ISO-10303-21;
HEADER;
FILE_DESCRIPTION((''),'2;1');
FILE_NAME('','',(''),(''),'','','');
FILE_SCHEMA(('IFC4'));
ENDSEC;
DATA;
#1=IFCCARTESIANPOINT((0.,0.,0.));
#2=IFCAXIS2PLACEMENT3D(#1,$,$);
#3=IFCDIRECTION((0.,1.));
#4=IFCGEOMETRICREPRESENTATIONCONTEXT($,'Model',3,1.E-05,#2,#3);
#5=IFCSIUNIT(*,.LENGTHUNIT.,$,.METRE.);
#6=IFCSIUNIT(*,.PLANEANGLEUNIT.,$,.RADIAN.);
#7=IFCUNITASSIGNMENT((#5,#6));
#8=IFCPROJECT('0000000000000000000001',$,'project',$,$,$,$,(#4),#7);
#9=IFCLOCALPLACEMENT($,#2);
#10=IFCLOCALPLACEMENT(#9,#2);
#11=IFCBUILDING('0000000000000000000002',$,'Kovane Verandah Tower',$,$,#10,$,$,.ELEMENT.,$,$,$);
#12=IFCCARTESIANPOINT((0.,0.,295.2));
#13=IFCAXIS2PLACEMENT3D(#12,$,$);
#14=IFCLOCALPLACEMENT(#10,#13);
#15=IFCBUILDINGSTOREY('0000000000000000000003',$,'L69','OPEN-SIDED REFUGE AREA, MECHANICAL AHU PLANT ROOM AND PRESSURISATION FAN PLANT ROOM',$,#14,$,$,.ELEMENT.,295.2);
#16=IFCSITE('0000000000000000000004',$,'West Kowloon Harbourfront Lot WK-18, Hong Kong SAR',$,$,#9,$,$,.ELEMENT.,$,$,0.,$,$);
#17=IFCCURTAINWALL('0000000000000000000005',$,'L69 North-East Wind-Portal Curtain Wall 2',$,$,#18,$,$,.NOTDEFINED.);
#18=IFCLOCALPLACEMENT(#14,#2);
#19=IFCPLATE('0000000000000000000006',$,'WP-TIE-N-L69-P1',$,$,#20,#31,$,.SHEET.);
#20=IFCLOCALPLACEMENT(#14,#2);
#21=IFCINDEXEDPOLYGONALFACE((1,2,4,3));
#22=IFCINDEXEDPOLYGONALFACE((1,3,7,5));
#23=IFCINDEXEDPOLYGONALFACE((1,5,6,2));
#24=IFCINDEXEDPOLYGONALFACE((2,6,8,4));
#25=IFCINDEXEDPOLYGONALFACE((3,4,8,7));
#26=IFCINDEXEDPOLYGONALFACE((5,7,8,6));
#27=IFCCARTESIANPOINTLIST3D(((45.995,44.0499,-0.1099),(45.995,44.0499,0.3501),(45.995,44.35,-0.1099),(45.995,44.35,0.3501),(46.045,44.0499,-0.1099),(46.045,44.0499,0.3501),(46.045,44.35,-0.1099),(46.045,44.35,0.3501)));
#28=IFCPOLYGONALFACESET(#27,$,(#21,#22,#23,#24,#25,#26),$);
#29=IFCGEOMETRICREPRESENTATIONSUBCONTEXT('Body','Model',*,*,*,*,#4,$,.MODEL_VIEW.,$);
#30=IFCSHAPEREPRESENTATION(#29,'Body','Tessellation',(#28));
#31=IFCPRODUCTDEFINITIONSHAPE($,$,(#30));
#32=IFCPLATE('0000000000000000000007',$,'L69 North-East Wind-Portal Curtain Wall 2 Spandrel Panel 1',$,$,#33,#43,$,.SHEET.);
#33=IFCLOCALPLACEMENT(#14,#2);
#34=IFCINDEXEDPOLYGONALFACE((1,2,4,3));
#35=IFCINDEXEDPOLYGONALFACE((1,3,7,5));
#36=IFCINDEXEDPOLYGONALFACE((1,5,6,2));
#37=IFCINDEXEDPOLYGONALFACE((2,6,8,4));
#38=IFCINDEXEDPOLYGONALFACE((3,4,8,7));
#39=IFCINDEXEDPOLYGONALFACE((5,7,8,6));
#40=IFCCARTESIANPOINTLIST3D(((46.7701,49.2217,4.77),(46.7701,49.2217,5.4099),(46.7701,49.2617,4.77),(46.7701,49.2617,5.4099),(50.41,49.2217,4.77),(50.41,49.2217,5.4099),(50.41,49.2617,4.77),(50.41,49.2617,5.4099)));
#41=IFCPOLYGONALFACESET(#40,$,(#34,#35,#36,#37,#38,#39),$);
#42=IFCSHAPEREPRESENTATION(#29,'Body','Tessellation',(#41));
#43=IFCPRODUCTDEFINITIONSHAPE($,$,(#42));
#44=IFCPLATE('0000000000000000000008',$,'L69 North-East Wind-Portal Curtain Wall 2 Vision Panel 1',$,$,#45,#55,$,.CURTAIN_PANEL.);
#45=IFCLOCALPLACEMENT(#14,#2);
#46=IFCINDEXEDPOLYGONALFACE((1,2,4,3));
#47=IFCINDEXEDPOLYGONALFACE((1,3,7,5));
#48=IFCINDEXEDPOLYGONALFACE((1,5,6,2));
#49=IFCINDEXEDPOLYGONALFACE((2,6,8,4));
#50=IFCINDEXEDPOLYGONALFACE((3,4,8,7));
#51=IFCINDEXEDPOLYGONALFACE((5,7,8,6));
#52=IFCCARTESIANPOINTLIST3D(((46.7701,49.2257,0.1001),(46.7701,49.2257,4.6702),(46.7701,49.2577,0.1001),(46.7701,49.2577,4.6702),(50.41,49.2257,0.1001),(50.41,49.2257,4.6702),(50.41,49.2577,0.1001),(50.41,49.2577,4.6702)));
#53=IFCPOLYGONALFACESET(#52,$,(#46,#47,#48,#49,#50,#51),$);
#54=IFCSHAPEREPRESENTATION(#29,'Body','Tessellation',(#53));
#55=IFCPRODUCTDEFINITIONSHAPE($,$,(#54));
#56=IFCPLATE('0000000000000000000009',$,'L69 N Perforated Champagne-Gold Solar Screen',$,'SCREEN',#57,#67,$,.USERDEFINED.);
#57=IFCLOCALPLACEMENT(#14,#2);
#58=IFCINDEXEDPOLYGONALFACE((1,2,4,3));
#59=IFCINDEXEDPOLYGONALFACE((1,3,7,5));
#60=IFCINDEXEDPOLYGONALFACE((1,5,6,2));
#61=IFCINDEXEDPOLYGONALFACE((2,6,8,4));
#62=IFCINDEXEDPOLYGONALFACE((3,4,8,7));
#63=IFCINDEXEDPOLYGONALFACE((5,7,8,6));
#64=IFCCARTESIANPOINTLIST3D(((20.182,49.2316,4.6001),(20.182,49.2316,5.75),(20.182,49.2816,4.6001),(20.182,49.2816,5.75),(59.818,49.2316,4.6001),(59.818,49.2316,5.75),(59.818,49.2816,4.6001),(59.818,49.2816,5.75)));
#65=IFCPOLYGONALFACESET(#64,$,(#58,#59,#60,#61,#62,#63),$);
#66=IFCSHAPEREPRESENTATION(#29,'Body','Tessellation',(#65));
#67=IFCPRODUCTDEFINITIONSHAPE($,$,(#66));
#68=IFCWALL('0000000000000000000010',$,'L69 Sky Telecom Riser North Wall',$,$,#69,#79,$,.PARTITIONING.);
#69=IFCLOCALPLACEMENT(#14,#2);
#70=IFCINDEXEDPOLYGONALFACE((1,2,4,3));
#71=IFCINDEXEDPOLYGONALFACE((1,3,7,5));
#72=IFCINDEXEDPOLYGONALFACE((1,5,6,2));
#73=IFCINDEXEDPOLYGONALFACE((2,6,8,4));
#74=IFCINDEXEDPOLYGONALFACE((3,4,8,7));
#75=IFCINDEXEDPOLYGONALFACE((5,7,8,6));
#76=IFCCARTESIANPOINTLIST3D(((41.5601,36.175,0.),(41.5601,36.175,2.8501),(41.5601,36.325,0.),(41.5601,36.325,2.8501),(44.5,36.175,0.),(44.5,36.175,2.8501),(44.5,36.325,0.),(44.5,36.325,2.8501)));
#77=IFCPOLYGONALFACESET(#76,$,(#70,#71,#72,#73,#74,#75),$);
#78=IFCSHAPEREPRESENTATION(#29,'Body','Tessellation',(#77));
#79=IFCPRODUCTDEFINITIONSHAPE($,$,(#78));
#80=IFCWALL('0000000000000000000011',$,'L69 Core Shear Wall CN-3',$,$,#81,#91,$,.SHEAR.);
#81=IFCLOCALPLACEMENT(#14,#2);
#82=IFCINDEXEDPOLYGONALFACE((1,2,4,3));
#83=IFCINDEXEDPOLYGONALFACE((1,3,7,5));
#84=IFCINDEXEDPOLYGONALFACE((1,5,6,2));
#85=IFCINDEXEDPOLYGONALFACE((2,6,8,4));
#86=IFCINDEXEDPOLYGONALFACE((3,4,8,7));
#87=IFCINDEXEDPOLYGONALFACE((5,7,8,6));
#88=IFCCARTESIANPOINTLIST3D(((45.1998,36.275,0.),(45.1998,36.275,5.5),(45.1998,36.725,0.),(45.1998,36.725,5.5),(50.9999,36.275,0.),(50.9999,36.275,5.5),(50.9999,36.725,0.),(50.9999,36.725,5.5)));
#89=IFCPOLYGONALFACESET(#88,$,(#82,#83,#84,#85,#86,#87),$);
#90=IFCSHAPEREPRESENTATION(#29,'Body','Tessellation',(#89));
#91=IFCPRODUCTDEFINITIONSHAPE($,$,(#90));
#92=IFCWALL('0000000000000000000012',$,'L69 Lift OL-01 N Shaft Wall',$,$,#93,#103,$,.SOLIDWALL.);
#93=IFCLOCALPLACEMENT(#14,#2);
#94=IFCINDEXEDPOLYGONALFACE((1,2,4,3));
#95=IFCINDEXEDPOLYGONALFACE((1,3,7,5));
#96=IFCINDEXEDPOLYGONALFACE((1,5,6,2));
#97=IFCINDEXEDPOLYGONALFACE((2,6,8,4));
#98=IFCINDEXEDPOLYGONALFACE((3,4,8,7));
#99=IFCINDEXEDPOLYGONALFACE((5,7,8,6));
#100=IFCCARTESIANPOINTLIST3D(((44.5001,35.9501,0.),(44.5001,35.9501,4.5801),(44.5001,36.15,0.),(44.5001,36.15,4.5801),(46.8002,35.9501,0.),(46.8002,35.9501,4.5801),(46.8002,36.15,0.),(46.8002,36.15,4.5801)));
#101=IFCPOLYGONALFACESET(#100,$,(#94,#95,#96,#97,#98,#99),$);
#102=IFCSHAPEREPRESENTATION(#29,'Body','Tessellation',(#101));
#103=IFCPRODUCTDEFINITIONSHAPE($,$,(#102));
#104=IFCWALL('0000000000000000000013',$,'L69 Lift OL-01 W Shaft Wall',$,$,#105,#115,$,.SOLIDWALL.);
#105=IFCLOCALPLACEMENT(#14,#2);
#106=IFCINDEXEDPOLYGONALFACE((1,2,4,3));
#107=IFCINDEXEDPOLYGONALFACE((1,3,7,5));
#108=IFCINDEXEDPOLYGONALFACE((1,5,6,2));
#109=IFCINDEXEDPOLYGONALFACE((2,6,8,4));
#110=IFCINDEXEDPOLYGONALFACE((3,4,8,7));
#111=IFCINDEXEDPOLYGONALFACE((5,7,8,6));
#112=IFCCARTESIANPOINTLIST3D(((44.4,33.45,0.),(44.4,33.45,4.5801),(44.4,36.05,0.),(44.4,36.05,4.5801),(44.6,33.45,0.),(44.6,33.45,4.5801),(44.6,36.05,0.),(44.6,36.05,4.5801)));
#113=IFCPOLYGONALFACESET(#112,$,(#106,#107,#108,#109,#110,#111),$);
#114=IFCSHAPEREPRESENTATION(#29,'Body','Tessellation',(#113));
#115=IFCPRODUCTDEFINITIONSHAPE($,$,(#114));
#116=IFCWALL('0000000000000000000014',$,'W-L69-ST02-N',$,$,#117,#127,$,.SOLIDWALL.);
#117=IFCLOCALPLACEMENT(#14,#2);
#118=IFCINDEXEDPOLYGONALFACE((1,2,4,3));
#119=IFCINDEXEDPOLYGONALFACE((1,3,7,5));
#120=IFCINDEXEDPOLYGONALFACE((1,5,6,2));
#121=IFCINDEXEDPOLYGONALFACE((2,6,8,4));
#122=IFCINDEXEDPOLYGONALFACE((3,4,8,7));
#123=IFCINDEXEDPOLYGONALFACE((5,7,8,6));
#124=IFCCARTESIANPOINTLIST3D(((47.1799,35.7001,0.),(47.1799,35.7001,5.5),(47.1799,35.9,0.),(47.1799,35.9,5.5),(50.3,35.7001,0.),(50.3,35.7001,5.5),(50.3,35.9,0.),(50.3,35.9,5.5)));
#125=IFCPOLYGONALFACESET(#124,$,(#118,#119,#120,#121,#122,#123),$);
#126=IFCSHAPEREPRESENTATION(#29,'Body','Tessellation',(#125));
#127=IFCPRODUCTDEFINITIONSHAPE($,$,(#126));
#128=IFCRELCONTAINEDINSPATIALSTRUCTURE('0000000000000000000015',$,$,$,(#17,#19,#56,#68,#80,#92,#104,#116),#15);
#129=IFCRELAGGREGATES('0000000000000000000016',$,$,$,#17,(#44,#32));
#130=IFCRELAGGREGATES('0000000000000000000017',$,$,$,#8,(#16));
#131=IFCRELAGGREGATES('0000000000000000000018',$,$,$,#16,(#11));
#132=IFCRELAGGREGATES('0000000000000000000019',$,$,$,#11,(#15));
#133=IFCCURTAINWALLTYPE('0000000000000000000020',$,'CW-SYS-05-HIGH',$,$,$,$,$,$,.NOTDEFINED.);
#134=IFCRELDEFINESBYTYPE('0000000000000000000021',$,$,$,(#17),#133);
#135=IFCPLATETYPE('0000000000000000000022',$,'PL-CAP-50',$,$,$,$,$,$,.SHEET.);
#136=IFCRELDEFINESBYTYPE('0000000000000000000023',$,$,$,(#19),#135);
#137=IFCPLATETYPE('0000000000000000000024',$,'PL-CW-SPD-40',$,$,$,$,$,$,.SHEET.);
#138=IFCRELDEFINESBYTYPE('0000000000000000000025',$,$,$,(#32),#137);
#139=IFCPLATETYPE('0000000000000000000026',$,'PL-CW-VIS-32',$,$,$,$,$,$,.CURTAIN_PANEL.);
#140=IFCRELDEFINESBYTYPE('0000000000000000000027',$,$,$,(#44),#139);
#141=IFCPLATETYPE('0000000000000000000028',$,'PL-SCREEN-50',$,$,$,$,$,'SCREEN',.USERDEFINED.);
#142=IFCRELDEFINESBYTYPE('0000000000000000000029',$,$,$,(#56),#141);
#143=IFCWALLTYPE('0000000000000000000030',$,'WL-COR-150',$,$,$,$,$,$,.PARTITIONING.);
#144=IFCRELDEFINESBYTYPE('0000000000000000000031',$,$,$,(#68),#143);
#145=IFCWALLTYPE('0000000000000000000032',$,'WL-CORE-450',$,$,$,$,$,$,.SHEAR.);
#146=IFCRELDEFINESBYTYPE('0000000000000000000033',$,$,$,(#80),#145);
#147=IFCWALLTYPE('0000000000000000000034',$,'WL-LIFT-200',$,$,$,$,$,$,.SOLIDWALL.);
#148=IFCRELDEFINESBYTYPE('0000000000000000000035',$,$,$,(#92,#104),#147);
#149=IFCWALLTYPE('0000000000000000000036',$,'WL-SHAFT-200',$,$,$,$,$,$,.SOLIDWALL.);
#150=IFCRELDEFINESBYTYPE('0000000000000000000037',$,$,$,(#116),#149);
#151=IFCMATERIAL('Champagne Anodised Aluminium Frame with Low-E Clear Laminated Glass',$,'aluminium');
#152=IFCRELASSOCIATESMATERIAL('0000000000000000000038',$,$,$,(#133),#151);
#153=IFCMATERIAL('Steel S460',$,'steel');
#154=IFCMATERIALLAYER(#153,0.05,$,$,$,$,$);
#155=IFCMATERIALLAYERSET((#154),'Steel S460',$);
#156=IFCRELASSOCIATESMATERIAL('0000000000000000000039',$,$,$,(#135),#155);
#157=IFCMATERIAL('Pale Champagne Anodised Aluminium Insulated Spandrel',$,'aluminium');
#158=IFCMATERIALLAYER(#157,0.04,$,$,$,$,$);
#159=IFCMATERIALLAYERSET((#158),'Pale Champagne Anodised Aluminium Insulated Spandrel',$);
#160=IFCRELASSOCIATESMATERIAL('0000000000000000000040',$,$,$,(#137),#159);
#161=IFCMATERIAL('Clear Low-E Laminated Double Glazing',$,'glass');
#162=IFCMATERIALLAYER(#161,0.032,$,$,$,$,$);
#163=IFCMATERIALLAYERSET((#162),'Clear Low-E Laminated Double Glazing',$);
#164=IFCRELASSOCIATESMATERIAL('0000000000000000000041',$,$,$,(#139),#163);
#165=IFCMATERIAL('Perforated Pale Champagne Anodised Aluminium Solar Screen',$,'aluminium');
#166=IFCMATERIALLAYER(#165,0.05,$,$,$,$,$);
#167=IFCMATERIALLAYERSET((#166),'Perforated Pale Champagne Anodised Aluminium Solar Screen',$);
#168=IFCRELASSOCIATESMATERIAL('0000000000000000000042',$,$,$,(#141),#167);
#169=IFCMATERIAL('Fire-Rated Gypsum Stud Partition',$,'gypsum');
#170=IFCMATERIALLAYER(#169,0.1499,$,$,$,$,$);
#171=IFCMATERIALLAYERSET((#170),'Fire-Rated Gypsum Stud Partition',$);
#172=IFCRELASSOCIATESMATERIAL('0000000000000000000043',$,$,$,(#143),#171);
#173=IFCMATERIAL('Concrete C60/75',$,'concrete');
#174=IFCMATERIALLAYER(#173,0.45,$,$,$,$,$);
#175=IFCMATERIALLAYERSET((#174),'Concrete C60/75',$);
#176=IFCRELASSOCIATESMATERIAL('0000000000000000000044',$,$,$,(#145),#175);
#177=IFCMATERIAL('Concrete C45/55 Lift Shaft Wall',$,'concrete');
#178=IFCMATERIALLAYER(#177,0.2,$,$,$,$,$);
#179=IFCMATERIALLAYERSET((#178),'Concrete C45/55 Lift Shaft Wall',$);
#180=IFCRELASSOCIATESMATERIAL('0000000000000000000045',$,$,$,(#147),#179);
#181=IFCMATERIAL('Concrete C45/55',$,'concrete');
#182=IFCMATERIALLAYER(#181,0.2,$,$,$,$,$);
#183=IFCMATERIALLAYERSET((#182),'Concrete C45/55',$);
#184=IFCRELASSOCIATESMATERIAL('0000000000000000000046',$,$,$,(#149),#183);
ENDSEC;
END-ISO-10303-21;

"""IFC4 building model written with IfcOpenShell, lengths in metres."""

from ifc_helpers import new_model, si_unit, direction, frame, frame_2d, origin, origin_2d, place, context, subcontext, project, spatial, rectangle, extrude, material, layer, layer_set, type_object, element, aggregate, save


model = new_model("IFC4")

# Units and contexts
model_context = context("Model", 3, precision=1e-05, world=origin(), true_north=direction((0.0, 1.0)))
body_context = subcontext(model_context, "Body", "Model", "MODEL_VIEW")
ifc_project = project(units=[si_unit("LENGTHUNIT", "METRE"), si_unit("PLANEANGLEUNIT", "RADIAN")], contexts=[model_context])

# Site, building, storey
site_placement = place(None, origin())
site = spatial("IfcSite", under=ifc_project, at=site_placement, Name="West Kowloon Harbourfront Lot WK-18, Hong Kong SAR", CompositionType="ELEMENT", RefElevation=0.0)
building_placement = place(site_placement, origin())
building = spatial("IfcBuilding", under=site, at=building_placement, Name="Kovane Verandah Tower", CompositionType="ELEMENT")
storey_placement = place(building_placement, frame((0.0, 0.0, 295.2)))
storey = spatial("IfcBuildingStorey", under=building, at=storey_placement, Name="L69", Description="OPEN-SIDED REFUGE AREA, MECHANICAL AHU PLANT ROOM AND PRESSURISATION FAN PLANT ROOM", CompositionType="ELEMENT", Elevation=295.2)

# Shared definitions
ifc_material_1 = material(Name="Concrete C60/75", Category="concrete")

# Curtain wall
ifc_material_2 = material(Name="Champagne Anodised Aluminium Frame with Low-E Clear Laminated Glass", Category="aluminium")
curtain_wall_type = type_object("IfcCurtainWallType", Name="CW-SYS-05-HIGH", PredefinedType="NOTDEFINED", material=ifc_material_2)
curtain_wall_placement = place(storey_placement, origin())
curtain_wall = element("IfcCurtainWall", 1, at=curtain_wall_placement, inside=storey, type_object=curtain_wall_type, Name="L69 North-East Wind-Portal Curtain Wall 2", PredefinedType="NOTDEFINED")

# Plate
ifc_material_3 = material(Name="Steel S460", Category="steel")
ifc_layer_1 = layer(ifc_material_3, 0.05)
ifc_layer_set_1 = layer_set([ifc_layer_1], Name="Steel S460")
plate_type_1 = type_object("IfcPlateType", Name="PL-CAP-50", PredefinedType="SHEET", material=ifc_layer_set_1)
plate_1_placement = place(storey_placement, frame((46.02, 44.2, -0.1099), z_axis=(0.0, 0.0, 1.0), x_axis=(1.0, 0.0, 0.0)))
element("IfcPlate", 2, at=plate_1_placement, inside=storey, type_object=plate_type_1, Name="WP-TIE-N-L69-P1", PredefinedType="SHEET", context=body_context, shape_type="SweptSolid", body=[
    extrude(rectangle(XDim=0.05, YDim=0.3, at=origin_2d()), origin(), (0.0, 0.0, 1.0), 0.46),
])

# Plates
ifc_material_4 = material(Name="Pale Champagne Anodised Aluminium Insulated Spandrel", Category="aluminium")
ifc_layer_2 = layer(ifc_material_4, 0.04)
ifc_layer_set_2 = layer_set([ifc_layer_2], Name="Pale Champagne Anodised Aluminium Insulated Spandrel")
plate_type_2 = type_object("IfcPlateType", Name="PL-CW-SPD-40", PredefinedType="SHEET", material=ifc_layer_set_2)
plate_2_placement = place(storey_placement, frame((48.5901, 49.2417, 4.77), z_axis=(0.0, 0.0, 1.0), x_axis=(-1.0, 0.0, 0.0)))
plate_2 = element("IfcPlate", 3, at=plate_2_placement, type_object=plate_type_2, Name="L69 North-East Wind-Portal Curtain Wall 2 Spandrel Panel 1", PredefinedType="SHEET", context=body_context, shape_type="SweptSolid", body=[
    extrude(rectangle(XDim=3.6399, YDim=0.04, at=origin_2d()), origin(), (0.0, 0.0, 1.0), 0.6399),
])
ifc_material_5 = material(Name="Clear Low-E Laminated Double Glazing", Category="glass")
ifc_layer_3 = layer(ifc_material_5, 0.032)
ifc_layer_set_3 = layer_set([ifc_layer_3], Name="Clear Low-E Laminated Double Glazing")
plate_type_3 = type_object("IfcPlateType", Name="PL-CW-VIS-32", PredefinedType="CURTAIN_PANEL", material=ifc_layer_set_3)
plate_3_placement = place(storey_placement, frame((48.5901, 49.2417, 0.1001), z_axis=(0.0, 0.0, 1.0), x_axis=(-1.0, 0.0, 0.0)))
plate_3 = element("IfcPlate", 4, at=plate_3_placement, type_object=plate_type_3, Name="L69 North-East Wind-Portal Curtain Wall 2 Vision Panel 1", PredefinedType="CURTAIN_PANEL", context=body_context, shape_type="SweptSolid", body=[
    extrude(rectangle(XDim=3.6399, YDim=0.032, at=origin_2d()), origin(), (0.0, 0.0, 1.0), 4.5701),
])
aggregate(curtain_wall, [plate_3, plate_2])
ifc_material_6 = material(Name="Perforated Pale Champagne Anodised Aluminium Solar Screen", Category="aluminium")
ifc_layer_4 = layer(ifc_material_6, 0.05)
ifc_layer_set_4 = layer_set([ifc_layer_4], Name="Perforated Pale Champagne Anodised Aluminium Solar Screen")
plate_type_4 = type_object("IfcPlateType", Name="PL-SCREEN-50", ElementType="SCREEN", PredefinedType="USERDEFINED", material=ifc_layer_set_4)
plate_4_placement = place(storey_placement, frame((40.0, 49.2566, 4.6001), z_axis=(0.0, 0.0, 1.0), x_axis=(-1.0, 0.0, 0.0)))
element("IfcPlate", 5, at=plate_4_placement, inside=storey, type_object=plate_type_4, Name="L69 N Perforated Champagne-Gold Solar Screen", ObjectType="SCREEN", PredefinedType="USERDEFINED", context=body_context, shape_type="SweptSolid", body=[
    extrude(rectangle(XDim=39.636, YDim=0.05, at=origin_2d()), origin(), (0.0, 0.0, 1.0), 1.1499),
])

# Walls
ifc_material_7 = material(Name="Fire-Rated Gypsum Stud Partition", Category="gypsum")
ifc_layer_5 = layer(ifc_material_7, 0.1499)
ifc_layer_set_5 = layer_set([ifc_layer_5], Name="Fire-Rated Gypsum Stud Partition")
wall_type_1 = type_object("IfcWallType", Name="WL-COR-150", PredefinedType="PARTITIONING", material=ifc_layer_set_5)
wall_1_placement = place(storey_placement, frame((41.5601, 36.25, 0.0), z_axis=(0.0, 0.0, 1.0), x_axis=(1.0, 0.0, 0.0)))
element("IfcWall", 6, at=wall_1_placement, inside=storey, type_object=wall_type_1, Name="L69 Sky Telecom Riser North Wall", PredefinedType="PARTITIONING", context=body_context, shape_type="SweptSolid", body=[
    extrude(rectangle(XDim=2.9399, YDim=0.1499, at=frame_2d((1.47, 0.0))), origin(), (0.0, 0.0, 1.0), 2.8501),
])
ifc_layer_6 = layer(ifc_material_1, 0.45)
ifc_layer_set_6 = layer_set([ifc_layer_6], Name="Concrete C60/75")
wall_type_2 = type_object("IfcWallType", Name="WL-CORE-450", PredefinedType="SHEAR", material=ifc_layer_set_6)
wall_2_placement = place(storey_placement, frame((45.2, 36.5, 0.0), z_axis=(0.0, 0.0, 1.0), x_axis=(1.0, 0.0, 0.0)))
element("IfcWall", 7, at=wall_2_placement, inside=storey, type_object=wall_type_2, Name="L69 Core Shear Wall CN-3", PredefinedType="SHEAR", context=body_context, shape_type="SweptSolid", body=[
    extrude(rectangle(XDim=5.8, YDim=0.45, at=frame_2d((2.8999, 0.0))), origin(), (0.0, 0.0, 1.0), 5.5),
])
ifc_material_8 = material(Name="Concrete C45/55 Lift Shaft Wall", Category="concrete")
ifc_layer_7 = layer(ifc_material_8, 0.2)
ifc_layer_set_7 = layer_set([ifc_layer_7], Name="Concrete C45/55 Lift Shaft Wall")
wall_type_3 = type_object("IfcWallType", Name="WL-LIFT-200", PredefinedType="SOLIDWALL", material=ifc_layer_set_7)
wall_3_placement = place(storey_placement, frame((46.8, 36.05, 0.0), z_axis=(0.0, 0.0, 1.0), x_axis=(-1.0, 0.0, 0.0)))
element("IfcWall", 8, at=wall_3_placement, inside=storey, type_object=wall_type_3, Name="L69 Lift OL-01 N Shaft Wall", PredefinedType="SOLIDWALL", context=body_context, shape_type="SweptSolid", body=[
    extrude(rectangle(XDim=2.3, YDim=0.2, at=frame_2d((1.1499, 0.0))), origin(), (0.0, 0.0, 1.0), 4.5801),
])
wall_4_placement = place(storey_placement, frame((44.5, 36.05, 0.0), z_axis=(0.0, 0.0, 1.0), x_axis=(0.0, -1.0, 0.0)))
element("IfcWall", 9, at=wall_4_placement, inside=storey, type_object=wall_type_3, Name="L69 Lift OL-01 W Shaft Wall", PredefinedType="SOLIDWALL", context=body_context, shape_type="SweptSolid", body=[
    extrude(rectangle(XDim=2.6001, YDim=0.2, at=frame_2d((1.3, 0.0))), origin(), (0.0, 0.0, 1.0), 4.5801),
])
ifc_material_9 = material(Name="Concrete C45/55", Category="concrete")
ifc_layer_8 = layer(ifc_material_9, 0.2)
ifc_layer_set_8 = layer_set([ifc_layer_8], Name="Concrete C45/55")
wall_type_4 = type_object("IfcWallType", Name="WL-SHAFT-200", PredefinedType="SOLIDWALL", material=ifc_layer_set_8)
wall_5_placement = place(storey_placement, frame((47.1799, 35.8, 0.0), z_axis=(0.0, 0.0, 1.0), x_axis=(1.0, 0.0, 0.0)))
element("IfcWall", 10, at=wall_5_placement, inside=storey, type_object=wall_type_4, Name="W-L69-ST02-N", PredefinedType="SOLIDWALL", context=body_context, shape_type="SweptSolid", body=[
    extrude(rectangle(XDim=3.1201, YDim=0.2, at=frame_2d((1.5601, 0.0))), origin(), (0.0, 0.0, 1.0), 5.5),
])

save(model, "model.ifc")
